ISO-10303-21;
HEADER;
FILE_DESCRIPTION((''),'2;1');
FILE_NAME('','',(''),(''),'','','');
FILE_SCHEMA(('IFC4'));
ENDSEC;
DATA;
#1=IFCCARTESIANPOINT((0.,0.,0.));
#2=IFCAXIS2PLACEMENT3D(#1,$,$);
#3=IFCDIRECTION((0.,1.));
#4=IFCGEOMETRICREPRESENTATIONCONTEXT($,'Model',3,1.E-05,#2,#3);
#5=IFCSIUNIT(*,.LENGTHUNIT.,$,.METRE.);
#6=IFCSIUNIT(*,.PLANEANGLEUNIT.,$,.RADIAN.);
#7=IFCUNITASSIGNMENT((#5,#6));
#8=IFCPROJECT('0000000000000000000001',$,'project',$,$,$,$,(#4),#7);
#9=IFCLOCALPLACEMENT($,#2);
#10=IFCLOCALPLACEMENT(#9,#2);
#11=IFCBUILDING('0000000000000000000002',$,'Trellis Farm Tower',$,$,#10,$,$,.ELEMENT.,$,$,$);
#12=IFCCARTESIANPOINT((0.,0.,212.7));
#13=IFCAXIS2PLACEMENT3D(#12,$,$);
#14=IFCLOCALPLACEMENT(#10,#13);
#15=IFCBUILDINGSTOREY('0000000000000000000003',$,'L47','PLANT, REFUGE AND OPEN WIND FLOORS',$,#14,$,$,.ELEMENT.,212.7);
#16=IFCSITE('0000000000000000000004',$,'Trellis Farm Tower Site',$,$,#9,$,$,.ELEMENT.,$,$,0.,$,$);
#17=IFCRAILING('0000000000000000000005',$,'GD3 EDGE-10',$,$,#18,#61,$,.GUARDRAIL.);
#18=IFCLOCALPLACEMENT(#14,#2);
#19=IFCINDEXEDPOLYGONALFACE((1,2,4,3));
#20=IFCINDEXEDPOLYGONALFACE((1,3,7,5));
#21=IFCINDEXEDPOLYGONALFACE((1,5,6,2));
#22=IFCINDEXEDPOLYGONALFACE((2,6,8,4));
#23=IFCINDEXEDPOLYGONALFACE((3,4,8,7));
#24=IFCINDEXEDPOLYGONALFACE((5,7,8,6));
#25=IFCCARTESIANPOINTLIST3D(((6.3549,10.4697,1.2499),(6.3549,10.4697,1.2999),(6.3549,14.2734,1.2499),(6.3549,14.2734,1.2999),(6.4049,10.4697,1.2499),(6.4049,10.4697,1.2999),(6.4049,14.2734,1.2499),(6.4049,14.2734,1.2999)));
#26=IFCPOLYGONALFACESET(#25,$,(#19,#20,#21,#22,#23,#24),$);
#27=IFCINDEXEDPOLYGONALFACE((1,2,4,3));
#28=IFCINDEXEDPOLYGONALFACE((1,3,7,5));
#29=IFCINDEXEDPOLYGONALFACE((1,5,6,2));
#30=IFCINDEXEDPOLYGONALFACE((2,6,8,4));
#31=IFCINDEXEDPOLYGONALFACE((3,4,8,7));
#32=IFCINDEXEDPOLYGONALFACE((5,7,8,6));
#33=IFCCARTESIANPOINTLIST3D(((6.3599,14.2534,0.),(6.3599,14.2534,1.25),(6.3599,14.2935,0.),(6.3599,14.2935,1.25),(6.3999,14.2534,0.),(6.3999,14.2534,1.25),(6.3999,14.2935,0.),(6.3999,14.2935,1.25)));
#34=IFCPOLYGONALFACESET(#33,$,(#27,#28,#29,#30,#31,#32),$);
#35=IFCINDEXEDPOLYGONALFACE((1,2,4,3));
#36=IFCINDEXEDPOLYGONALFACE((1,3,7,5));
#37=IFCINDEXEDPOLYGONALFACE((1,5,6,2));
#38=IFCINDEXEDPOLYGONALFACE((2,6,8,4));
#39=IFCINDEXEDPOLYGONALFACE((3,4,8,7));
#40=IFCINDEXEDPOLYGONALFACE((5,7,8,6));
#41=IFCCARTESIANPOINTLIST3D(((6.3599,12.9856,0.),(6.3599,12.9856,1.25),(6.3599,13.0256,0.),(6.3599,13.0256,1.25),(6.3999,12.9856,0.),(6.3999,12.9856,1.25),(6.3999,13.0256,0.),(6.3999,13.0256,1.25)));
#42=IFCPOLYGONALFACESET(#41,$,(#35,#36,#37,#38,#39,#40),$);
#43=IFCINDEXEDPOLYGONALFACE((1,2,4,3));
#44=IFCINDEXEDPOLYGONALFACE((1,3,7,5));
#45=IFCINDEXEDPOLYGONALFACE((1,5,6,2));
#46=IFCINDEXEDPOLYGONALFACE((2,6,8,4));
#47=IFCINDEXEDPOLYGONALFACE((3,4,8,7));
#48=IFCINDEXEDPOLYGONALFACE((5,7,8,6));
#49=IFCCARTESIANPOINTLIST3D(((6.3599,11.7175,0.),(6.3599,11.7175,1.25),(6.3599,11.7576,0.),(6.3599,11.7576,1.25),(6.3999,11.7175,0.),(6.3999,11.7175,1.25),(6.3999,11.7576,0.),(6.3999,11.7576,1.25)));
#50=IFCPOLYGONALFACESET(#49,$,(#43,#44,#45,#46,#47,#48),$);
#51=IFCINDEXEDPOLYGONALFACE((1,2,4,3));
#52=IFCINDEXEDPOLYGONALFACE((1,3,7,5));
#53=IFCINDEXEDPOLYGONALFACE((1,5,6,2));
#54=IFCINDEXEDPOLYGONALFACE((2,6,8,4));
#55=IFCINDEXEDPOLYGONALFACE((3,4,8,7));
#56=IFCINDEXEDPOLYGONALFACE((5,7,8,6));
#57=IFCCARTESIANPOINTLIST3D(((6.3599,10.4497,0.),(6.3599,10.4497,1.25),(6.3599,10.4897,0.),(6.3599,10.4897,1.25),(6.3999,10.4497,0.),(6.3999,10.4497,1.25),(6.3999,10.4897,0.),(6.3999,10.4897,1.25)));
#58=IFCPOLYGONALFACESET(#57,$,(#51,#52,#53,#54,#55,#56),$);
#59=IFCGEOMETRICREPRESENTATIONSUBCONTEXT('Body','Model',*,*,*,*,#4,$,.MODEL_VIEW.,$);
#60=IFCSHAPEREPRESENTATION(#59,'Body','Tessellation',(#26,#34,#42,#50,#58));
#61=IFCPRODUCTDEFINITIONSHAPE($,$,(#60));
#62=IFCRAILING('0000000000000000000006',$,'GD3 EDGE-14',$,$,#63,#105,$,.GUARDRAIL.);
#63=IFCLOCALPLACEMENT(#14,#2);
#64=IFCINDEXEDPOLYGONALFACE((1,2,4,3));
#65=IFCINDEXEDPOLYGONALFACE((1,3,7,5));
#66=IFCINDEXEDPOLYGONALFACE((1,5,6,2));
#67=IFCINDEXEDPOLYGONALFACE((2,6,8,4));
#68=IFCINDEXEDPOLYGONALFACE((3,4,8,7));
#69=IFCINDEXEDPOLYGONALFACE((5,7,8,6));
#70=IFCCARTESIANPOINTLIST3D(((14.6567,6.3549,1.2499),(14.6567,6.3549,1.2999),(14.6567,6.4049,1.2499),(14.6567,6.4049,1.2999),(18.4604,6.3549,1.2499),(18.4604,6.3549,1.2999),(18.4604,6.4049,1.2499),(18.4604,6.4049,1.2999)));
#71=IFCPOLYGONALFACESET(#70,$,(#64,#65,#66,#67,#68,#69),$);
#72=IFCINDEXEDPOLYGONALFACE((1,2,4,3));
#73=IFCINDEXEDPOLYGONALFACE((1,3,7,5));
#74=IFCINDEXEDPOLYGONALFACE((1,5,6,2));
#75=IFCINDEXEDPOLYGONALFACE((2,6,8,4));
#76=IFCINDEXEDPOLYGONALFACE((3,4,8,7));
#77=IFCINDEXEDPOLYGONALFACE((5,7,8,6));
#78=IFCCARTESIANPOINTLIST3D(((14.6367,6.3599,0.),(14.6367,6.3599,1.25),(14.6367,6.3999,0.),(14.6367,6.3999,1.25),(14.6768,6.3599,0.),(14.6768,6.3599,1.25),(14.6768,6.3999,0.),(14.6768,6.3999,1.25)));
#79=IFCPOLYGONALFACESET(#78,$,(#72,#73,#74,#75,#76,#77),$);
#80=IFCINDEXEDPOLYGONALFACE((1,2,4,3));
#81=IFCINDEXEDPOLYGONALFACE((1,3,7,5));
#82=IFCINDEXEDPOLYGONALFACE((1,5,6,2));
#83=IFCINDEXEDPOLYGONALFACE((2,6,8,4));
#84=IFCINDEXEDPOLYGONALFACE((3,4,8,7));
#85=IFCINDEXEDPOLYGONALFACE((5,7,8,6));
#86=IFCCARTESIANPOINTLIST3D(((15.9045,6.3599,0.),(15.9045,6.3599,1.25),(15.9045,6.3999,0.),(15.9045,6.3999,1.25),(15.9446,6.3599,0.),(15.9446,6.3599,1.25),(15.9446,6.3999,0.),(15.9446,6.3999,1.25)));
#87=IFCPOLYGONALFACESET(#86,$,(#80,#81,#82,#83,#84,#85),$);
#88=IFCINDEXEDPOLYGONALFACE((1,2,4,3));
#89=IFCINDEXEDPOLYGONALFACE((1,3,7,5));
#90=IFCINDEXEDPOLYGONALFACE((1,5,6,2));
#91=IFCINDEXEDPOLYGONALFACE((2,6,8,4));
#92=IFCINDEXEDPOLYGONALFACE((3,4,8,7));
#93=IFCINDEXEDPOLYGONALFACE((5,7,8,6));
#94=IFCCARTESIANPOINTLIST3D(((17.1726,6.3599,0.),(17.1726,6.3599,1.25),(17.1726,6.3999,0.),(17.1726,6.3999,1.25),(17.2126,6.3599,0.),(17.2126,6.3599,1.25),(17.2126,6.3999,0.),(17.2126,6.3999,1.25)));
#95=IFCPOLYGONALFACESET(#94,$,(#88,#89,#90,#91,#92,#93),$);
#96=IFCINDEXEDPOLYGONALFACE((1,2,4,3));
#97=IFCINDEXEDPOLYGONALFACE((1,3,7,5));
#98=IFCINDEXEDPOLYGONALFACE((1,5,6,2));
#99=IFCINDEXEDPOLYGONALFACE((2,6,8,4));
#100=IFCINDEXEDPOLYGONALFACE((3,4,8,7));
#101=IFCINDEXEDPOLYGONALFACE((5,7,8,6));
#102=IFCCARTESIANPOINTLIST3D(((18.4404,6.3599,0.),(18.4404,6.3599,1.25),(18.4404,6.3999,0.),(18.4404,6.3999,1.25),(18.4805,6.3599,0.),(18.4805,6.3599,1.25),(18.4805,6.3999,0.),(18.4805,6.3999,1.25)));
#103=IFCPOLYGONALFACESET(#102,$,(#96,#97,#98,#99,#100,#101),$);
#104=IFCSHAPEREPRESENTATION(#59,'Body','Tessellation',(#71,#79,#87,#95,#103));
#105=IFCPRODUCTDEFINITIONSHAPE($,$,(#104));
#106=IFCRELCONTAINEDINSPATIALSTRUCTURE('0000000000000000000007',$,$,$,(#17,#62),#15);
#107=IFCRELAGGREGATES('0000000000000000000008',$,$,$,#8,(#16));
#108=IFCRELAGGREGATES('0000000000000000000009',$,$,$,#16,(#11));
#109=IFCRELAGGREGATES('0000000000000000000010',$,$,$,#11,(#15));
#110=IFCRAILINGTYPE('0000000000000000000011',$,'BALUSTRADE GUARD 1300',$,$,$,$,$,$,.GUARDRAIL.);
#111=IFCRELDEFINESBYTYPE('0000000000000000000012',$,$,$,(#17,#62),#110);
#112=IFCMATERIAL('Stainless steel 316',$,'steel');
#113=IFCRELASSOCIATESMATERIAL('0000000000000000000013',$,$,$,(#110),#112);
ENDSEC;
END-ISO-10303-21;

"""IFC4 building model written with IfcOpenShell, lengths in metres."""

from ifc_helpers import new_model, si_unit, direction, frame, origin, origin_2d, place, context, subcontext, project, spatial, rectangle, extrude, source, transform, mapped, material, type_object, element, save


model = new_model("IFC4")

# Units and contexts
model_context = context("Model", 3, precision=1e-05, world=origin(), true_north=direction((0.0, 1.0)))
body_context = subcontext(model_context, "Body", "Model", "MODEL_VIEW")
ifc_project = project(units=[si_unit("LENGTHUNIT", "METRE"), si_unit("PLANEANGLEUNIT", "RADIAN")], contexts=[model_context])

# Site, building, storey
site_placement = place(None, origin())
site = spatial("IfcSite", under=ifc_project, at=site_placement, Name="Trellis Farm Tower Site", CompositionType="ELEMENT", RefElevation=0.0)
building_placement = place(site_placement, origin())
building = spatial("IfcBuilding", under=site, at=building_placement, Name="Trellis Farm Tower", CompositionType="ELEMENT")
storey_placement = place(building_placement, frame((0.0, 0.0, 212.7)))
storey = spatial("IfcBuildingStorey", under=building, at=storey_placement, Name="L47", Description="PLANT, REFUGE AND OPEN WIND FLOORS", CompositionType="ELEMENT", Elevation=212.7)

# Railings
ifc_material_1 = material(Name="Stainless steel 316", Category="steel")
railing_type = type_object("IfcRailingType", Name="BALUSTRADE GUARD 1300", PredefinedType="GUARDRAIL", material=ifc_material_1)
shared_shape_1 = source(origin(), body_context, "Body", "SweptSolid", [
    extrude(rectangle(XDim=0.05, YDim=0.05, at=origin_2d()), frame((0.0, 0.0, 1.2749), z_axis=(0.0, -1.0, 0.0), x_axis=(1.0, 0.0, 0.0)), (0.0, 0.0, 1.0), 3.8037),
    extrude(rectangle(XDim=0.04, YDim=0.04, at=origin_2d()), origin(), (0.0, 0.0, 1.0), 1.25),
    extrude(rectangle(XDim=0.04, YDim=0.04, at=origin_2d()), frame((0.0, -1.2678, 0.0)), (0.0, 0.0, 1.0), 1.25),
    extrude(rectangle(XDim=0.04, YDim=0.04, at=origin_2d()), frame((0.0, -2.5359, 0.0)), (0.0, 0.0, 1.0), 1.25),
    extrude(rectangle(XDim=0.04, YDim=0.04, at=origin_2d()), frame((0.0, -3.8037, 0.0)), (0.0, 0.0, 1.0), 1.25),
])
for number, where, name in (
    (1, (6.3799, 14.2734, 0.0), "GD3 EDGE-10"),
):
    element("IfcRailing", number, at=place(storey_placement, frame(where)), inside=storey, type_object=railing_type, Name=name, PredefinedType="GUARDRAIL", context=body_context, shape_type="MappedRepresentation", body=[
        mapped(shared_shape_1, transform((0.0, 0.0, 0.0))),
    ])
shared_shape_2 = source(origin(), body_context, "Body", "SweptSolid", [
    extrude(rectangle(XDim=0.05, YDim=0.05, at=origin_2d()), frame((0.0, 0.0, 1.2749), z_axis=(1.0, 0.0, 0.0), x_axis=(0.0, 1.0, 0.0)), (0.0, 0.0, 1.0), 3.8037),
    extrude(rectangle(XDim=0.04, YDim=0.04, at=origin_2d()), origin(), (0.0, 0.0, 1.0), 1.25),
    extrude(rectangle(XDim=0.04, YDim=0.04, at=origin_2d()), frame((1.2678, 0.0, 0.0)), (0.0, 0.0, 1.0), 1.25),
    extrude(rectangle(XDim=0.04, YDim=0.04, at=origin_2d()), frame((2.5359, 0.0, 0.0)), (0.0, 0.0, 1.0), 1.25),
    extrude(rectangle(XDim=0.04, YDim=0.04, at=origin_2d()), frame((3.8037, 0.0, 0.0)), (0.0, 0.0, 1.0), 1.25),
])
railing_1_placement = place(storey_placement, frame((14.6567, 6.3799, 0.0)))
element("IfcRailing", 2, at=railing_1_placement, inside=storey, type_object=railing_type, Name="GD3 EDGE-14", PredefinedType="GUARDRAIL", context=body_context, shape_type="MappedRepresentation", body=[
    mapped(shared_shape_2, transform((0.0, 0.0, 0.0))),
])

save(model, "model.ifc")
